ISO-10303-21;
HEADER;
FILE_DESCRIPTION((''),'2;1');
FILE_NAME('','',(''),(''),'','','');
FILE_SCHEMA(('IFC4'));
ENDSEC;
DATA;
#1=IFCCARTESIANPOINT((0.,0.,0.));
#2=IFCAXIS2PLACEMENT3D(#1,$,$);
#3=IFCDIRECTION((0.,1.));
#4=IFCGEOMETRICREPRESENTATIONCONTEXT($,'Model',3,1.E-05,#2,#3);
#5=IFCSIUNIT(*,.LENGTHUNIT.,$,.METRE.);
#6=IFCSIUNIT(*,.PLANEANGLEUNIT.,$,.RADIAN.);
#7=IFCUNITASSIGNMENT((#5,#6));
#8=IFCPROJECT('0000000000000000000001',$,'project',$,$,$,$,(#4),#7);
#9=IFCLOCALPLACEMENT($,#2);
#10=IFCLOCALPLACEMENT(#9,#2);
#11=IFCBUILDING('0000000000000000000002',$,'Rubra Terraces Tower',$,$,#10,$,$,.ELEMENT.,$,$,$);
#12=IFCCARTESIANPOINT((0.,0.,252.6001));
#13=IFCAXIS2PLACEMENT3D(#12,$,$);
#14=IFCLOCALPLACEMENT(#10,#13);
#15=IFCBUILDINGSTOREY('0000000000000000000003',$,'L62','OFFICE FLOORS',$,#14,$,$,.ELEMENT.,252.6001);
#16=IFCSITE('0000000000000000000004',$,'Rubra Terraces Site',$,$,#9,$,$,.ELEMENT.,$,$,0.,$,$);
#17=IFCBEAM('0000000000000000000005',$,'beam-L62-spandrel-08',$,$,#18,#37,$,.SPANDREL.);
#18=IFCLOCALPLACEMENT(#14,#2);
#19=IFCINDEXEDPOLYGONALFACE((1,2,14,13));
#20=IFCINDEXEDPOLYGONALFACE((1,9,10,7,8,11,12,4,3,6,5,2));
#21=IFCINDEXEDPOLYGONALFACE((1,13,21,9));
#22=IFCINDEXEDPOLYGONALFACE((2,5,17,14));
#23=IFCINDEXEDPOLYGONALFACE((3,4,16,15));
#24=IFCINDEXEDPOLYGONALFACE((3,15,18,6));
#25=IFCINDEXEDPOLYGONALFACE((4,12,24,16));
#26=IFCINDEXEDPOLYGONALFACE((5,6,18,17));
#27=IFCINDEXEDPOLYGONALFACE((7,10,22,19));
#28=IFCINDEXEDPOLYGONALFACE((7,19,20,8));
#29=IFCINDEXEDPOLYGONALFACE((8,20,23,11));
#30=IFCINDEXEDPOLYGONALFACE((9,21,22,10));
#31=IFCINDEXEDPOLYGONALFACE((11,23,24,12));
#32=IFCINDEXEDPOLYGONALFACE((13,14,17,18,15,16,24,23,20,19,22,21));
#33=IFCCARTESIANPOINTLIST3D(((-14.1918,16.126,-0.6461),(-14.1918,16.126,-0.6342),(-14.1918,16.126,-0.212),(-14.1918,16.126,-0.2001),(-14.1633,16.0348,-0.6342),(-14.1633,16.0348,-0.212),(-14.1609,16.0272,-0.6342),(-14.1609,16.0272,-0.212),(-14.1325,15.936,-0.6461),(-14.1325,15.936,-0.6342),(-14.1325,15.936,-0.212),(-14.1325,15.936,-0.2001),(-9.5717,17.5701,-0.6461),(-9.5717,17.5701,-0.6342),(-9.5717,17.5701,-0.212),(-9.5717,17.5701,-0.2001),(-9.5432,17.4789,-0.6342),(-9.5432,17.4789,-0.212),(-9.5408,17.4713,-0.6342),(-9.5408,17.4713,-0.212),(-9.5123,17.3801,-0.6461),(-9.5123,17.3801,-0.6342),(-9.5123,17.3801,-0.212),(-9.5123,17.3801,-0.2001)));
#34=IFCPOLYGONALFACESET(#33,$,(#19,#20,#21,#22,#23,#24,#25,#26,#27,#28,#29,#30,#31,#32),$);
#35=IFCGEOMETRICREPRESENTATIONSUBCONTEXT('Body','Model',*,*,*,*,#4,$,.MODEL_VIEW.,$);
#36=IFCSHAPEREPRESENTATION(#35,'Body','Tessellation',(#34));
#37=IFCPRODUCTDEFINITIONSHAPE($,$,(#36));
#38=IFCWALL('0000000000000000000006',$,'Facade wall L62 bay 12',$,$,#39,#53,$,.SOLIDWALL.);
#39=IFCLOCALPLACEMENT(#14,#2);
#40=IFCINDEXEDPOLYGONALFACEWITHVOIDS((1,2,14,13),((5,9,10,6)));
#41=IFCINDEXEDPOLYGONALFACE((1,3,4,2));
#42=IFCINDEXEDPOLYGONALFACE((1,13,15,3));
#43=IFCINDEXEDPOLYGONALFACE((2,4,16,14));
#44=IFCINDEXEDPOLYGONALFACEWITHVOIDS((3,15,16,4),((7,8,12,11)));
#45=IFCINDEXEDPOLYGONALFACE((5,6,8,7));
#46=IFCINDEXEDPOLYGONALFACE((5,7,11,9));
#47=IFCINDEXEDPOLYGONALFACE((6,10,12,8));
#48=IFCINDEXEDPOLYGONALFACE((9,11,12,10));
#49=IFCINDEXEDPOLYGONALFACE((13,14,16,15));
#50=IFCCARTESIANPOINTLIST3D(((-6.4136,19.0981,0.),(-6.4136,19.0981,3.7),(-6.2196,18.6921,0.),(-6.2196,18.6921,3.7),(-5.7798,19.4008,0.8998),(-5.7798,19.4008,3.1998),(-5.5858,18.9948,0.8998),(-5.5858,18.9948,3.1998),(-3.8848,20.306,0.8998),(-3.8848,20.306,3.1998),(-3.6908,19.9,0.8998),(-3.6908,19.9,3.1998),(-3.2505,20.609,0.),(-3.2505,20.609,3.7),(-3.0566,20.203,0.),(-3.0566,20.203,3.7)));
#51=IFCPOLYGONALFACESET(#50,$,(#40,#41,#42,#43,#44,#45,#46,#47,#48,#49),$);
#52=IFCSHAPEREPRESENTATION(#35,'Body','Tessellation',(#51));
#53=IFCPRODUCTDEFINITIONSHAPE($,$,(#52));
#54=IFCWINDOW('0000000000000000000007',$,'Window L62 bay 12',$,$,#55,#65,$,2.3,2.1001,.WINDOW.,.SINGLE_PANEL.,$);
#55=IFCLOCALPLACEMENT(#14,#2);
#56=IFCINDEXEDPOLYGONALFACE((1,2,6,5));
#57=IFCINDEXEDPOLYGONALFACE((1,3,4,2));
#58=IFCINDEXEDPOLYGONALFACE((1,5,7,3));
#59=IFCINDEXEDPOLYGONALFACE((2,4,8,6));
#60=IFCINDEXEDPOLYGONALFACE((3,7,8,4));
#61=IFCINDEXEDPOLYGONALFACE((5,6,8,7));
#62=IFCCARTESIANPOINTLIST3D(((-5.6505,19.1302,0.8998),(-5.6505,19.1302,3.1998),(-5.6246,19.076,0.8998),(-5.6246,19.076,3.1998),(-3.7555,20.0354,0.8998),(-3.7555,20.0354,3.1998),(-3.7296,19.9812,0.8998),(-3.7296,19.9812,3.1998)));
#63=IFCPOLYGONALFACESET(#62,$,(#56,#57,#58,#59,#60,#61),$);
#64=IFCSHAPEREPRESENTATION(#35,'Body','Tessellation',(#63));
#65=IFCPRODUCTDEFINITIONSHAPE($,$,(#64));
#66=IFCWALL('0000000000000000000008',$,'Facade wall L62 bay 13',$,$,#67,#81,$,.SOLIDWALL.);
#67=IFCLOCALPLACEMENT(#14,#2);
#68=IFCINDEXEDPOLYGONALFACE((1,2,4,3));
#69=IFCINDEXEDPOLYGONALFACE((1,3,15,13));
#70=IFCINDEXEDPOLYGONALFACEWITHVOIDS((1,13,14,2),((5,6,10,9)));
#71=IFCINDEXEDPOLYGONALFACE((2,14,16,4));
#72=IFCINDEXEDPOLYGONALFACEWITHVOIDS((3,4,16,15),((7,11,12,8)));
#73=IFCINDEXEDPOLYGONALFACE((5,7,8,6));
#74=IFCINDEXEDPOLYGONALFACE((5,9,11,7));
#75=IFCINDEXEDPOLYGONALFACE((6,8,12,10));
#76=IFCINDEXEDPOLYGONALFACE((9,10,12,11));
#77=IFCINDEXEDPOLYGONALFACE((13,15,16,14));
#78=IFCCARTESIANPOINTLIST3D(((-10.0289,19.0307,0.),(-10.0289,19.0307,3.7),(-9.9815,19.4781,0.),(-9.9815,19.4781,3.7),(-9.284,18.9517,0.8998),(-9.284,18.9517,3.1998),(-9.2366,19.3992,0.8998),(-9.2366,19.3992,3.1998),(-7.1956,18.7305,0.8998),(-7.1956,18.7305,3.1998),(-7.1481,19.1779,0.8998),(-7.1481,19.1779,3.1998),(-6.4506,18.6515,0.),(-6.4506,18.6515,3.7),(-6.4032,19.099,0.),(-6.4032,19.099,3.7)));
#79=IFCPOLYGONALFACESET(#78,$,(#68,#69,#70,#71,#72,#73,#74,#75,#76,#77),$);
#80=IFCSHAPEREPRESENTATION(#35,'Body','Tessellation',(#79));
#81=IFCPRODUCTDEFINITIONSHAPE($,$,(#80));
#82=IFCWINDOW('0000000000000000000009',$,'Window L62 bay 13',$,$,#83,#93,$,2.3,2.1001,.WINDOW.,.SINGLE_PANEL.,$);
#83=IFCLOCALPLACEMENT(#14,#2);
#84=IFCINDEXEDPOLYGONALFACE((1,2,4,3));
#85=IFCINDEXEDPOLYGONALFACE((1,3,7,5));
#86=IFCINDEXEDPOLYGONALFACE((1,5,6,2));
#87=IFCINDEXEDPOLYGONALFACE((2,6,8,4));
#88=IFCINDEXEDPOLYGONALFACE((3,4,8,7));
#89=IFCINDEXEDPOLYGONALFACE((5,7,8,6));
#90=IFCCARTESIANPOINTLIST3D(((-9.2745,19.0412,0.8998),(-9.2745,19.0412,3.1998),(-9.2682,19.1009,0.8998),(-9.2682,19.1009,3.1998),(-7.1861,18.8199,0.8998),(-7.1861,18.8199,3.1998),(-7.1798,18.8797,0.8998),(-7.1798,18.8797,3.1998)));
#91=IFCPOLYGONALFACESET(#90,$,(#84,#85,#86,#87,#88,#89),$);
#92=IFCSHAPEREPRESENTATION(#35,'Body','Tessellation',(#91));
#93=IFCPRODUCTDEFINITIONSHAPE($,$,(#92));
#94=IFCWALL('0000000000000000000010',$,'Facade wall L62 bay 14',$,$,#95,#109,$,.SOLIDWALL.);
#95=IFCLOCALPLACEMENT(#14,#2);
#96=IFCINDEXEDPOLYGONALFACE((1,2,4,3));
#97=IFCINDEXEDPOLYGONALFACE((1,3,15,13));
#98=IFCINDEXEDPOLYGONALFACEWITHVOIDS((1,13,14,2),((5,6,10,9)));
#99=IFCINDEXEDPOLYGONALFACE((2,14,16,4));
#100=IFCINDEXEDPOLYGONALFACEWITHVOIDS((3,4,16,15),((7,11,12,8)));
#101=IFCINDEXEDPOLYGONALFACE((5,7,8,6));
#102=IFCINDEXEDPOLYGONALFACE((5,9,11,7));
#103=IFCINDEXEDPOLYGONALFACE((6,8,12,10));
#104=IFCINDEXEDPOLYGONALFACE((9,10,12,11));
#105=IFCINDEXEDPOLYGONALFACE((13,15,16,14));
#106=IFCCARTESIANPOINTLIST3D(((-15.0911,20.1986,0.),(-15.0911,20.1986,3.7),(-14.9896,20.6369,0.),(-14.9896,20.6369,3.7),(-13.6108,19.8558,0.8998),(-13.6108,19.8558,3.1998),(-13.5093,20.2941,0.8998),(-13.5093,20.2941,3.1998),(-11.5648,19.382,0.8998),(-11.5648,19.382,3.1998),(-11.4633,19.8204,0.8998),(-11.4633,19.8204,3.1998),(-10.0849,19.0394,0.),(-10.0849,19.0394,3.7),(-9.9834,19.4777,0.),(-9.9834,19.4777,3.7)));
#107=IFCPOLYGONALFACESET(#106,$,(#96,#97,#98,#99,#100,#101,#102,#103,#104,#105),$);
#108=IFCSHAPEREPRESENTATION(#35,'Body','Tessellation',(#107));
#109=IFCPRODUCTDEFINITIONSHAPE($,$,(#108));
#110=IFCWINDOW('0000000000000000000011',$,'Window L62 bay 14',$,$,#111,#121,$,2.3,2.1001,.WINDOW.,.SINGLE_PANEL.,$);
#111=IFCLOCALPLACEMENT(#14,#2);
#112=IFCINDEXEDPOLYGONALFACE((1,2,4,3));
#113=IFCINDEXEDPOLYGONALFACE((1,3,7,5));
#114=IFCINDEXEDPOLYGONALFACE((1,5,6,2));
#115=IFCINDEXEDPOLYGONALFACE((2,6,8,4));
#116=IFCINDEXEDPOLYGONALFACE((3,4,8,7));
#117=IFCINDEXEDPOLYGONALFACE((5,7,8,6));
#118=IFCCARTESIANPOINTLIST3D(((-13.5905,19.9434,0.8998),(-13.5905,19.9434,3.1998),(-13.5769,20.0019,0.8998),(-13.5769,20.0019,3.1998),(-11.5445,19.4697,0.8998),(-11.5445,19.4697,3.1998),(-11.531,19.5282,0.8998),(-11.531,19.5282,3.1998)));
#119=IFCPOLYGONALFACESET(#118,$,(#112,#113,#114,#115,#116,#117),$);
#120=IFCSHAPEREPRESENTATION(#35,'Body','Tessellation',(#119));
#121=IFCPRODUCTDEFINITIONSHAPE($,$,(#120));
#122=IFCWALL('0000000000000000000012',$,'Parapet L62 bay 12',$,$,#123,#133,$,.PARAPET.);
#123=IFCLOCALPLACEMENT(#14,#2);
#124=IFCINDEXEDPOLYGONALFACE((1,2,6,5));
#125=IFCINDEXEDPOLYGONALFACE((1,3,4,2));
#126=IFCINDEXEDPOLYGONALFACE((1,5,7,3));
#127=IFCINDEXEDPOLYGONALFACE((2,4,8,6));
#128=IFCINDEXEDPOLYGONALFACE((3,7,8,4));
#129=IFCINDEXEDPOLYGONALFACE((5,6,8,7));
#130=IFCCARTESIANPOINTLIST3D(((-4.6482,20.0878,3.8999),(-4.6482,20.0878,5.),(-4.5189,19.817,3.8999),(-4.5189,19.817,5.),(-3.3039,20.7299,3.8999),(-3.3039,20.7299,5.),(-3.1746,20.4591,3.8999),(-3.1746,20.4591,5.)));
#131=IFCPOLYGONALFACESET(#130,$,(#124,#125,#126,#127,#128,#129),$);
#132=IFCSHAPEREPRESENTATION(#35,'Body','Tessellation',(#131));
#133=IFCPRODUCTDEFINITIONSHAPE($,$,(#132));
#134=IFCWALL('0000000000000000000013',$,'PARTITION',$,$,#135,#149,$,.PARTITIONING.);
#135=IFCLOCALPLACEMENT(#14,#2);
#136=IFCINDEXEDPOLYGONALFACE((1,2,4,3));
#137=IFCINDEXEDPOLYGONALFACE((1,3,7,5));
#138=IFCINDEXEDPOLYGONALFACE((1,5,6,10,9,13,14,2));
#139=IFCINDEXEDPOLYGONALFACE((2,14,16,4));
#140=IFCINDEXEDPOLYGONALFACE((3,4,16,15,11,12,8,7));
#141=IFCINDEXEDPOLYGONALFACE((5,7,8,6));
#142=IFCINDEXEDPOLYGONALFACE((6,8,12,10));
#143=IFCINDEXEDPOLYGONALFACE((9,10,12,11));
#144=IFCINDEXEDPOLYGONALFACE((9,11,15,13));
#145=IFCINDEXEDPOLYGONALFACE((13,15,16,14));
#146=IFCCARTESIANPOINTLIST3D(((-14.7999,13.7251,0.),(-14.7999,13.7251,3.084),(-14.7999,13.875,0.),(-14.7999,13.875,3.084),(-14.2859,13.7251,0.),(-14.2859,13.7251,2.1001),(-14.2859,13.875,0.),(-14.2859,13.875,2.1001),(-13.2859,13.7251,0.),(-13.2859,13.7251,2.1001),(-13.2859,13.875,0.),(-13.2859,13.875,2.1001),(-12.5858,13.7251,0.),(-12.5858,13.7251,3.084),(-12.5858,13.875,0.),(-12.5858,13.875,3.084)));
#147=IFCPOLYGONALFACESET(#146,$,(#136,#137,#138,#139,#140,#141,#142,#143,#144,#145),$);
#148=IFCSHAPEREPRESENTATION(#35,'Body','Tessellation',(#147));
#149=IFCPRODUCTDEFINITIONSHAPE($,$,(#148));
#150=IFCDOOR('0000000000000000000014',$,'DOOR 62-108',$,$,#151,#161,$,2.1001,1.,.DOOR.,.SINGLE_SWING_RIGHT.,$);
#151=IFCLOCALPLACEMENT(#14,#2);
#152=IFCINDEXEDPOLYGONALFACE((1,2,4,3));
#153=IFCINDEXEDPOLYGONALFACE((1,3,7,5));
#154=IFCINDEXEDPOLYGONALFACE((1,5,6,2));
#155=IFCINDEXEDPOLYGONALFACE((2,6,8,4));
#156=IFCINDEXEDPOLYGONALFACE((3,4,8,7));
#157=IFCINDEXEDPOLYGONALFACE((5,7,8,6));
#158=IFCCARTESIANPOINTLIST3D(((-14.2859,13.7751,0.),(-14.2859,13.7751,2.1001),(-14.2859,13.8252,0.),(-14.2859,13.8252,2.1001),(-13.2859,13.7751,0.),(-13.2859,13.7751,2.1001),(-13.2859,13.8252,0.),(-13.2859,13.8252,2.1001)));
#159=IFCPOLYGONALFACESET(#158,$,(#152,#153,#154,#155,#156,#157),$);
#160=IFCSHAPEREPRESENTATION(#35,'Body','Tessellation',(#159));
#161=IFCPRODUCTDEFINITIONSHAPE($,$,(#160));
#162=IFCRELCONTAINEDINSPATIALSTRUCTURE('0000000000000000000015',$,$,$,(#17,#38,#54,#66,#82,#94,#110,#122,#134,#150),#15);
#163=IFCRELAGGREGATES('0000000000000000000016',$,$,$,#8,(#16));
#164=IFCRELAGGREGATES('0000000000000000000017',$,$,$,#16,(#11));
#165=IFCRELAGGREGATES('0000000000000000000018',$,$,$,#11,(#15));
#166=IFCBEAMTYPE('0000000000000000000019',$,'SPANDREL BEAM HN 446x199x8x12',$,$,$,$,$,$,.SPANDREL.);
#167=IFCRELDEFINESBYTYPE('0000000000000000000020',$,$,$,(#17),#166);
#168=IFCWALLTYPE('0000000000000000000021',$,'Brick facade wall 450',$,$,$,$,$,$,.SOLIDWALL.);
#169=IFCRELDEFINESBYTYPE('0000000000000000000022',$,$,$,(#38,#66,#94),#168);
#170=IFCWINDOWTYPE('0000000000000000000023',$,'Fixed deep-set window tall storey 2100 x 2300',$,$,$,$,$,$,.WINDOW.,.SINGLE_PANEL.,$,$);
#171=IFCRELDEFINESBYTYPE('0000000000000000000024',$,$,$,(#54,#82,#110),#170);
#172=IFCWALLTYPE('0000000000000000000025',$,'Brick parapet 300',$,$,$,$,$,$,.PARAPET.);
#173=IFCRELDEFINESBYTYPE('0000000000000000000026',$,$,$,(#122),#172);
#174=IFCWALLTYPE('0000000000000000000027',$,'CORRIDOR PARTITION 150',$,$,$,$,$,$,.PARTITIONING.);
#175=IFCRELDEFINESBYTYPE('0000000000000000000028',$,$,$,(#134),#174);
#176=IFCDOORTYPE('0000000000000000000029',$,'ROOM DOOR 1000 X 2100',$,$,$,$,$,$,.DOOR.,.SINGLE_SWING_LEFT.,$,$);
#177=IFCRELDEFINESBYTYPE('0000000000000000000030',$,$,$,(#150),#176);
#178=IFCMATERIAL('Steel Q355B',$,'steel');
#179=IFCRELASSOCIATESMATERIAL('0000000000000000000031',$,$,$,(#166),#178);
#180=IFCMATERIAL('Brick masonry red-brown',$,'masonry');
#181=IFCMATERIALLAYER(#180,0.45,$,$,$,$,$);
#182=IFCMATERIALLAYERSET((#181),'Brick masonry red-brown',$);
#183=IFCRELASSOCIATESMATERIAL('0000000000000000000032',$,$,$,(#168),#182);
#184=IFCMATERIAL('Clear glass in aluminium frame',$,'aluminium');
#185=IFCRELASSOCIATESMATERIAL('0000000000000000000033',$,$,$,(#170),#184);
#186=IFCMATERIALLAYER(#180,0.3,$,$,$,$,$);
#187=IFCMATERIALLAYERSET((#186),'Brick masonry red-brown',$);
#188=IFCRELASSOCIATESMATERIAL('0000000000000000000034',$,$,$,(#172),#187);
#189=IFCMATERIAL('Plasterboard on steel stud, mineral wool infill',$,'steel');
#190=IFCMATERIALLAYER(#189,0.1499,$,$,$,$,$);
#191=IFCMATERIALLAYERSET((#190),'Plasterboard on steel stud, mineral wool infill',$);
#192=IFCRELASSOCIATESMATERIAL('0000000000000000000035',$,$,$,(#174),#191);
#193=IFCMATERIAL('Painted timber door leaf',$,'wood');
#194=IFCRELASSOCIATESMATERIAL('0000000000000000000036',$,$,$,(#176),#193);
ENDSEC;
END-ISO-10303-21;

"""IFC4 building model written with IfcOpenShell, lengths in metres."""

from ifc_helpers import new_model, si_unit, direction, frame, frame_2d, origin, origin_2d, place, context, subcontext, project, spatial, rectangle, i_section, extrude, material, layer, layer_set, material_profile, profile_set, type_object, element, fill, save


model = new_model("IFC4")

# Units and contexts
model_context = context("Model", 3, precision=1e-05, world=origin(), true_north=direction((0.0, 1.0)))
body_context = subcontext(model_context, "Body", "Model", "MODEL_VIEW")
ifc_project = project(units=[si_unit("LENGTHUNIT", "METRE"), si_unit("PLANEANGLEUNIT", "RADIAN")], contexts=[model_context])

# Site, building, storey
site_placement = place(None, origin())
site = spatial("IfcSite", under=ifc_project, at=site_placement, Name="Rubra Terraces Site", CompositionType="ELEMENT", RefElevation=0.0)
building_placement = place(site_placement, origin())
building = spatial("IfcBuilding", under=site, at=building_placement, Name="Rubra Terraces Tower", CompositionType="ELEMENT")
storey_placement = place(building_placement, frame((0.0, 0.0, 252.6001)))
storey = spatial("IfcBuildingStorey", under=building, at=storey_placement, Name="L62", Description="OFFICE FLOORS", CompositionType="ELEMENT", Elevation=252.6001)

# Beam
ifc_material_1 = material(Name="Steel Q355B", Category="steel")
ifc_material_profile_1 = material_profile(ifc_material_1, i_section(OverallWidth=0.199, OverallDepth=0.446, WebThickness=0.0081, FlangeThickness=0.012, at=origin_2d()), Name="HN 446x199x8x12")
ifc_profile_set_1 = profile_set([ifc_material_profile_1], Name="Steel Q355B")
beam_type_1 = type_object("IfcBeamType", Name="SPANDREL BEAM HN 446x199x8x12", PredefinedType="SPANDREL", material=ifc_profile_set_1)
beam_1_placement = place(storey_placement, frame((-9.542, 17.4751, -0.4231), z_axis=(-0.954462, -0.298332, 0.0), x_axis=(0.298332, -0.954462, 0.0)))
element("IfcBeam", 1, at=beam_1_placement, inside=storey, type_object=beam_type_1, Name="beam-L62-spandrel-08", PredefinedType="SPANDREL", context=body_context, shape_type="SweptSolid", body=[
    extrude(i_section(OverallWidth=0.199, OverallDepth=0.446, WebThickness=0.0081, FlangeThickness=0.012, at=origin_2d()), origin(), (0.0, 0.0, 1.0), 4.8406),
])

# Walls, openings, windows
ifc_material_2 = material(Name="Brick masonry red-brown", Category="masonry")
ifc_layer_1 = layer(ifc_material_2, 0.45)
ifc_layer_set_1 = layer_set([ifc_layer_1], Name="Brick masonry red-brown")
wall_type_1 = type_object("IfcWallType", Name="Brick facade wall 450", PredefinedType="SOLIDWALL", material=ifc_layer_set_1)
wall_1_placement = place(storey_placement, frame((-3.1536, 20.406, 0.0), z_axis=(0.0, 0.0, 1.0), x_axis=(-0.902333, -0.431039, 0.0)))
wall_1 = element("IfcWall", 2, at=wall_1_placement, inside=storey, type_object=wall_type_1, Name="Facade wall L62 bay 12", PredefinedType="SOLIDWALL", context=body_context, shape_type="SweptSolid", body=[
    extrude(rectangle(XDim=3.5054, YDim=0.45, at=frame_2d((1.7527, 0.0))), origin(), (0.0, 0.0, 1.0), 3.7),
])
opening_1_placement = place(wall_1_placement, frame((0.7029, 0.0, 0.8999)))
opening_1 = element("IfcOpeningElement", 3, at=opening_1_placement, cuts=wall_1, PredefinedType="OPENING", context=body_context, shape_type="SweptSolid", body=[
    extrude(rectangle(XDim=2.1001, YDim=2.3, at=frame_2d((1.05, 1.1499))), frame((0.0, 0.2349, 0.0), z_axis=(0.0, -1.0, 0.0), x_axis=(1.0, 0.0, 0.0)), (0.0, 0.0, 1.0), 0.47),
])
ifc_material_3 = material(Name="Clear glass in aluminium frame", Category="aluminium")
window_type = type_object("IfcWindowType", Name="Fixed deep-set window tall storey 2100 x 2300", PartitioningType="SINGLE_PANEL", PredefinedType="WINDOW", material=ifc_material_3)
window_1_placement = place(opening_1_placement, origin())
window_1 = element("IfcWindow", 4, at=window_1_placement, inside=storey, type_object=window_type, Name="Window L62 bay 12", OverallHeight=2.3, OverallWidth=2.1001, PartitioningType="SINGLE_PANEL", PredefinedType="WINDOW", context=body_context, shape_type="SweptSolid", body=[
    extrude(rectangle(XDim=2.1001, YDim=2.3, at=frame_2d((1.05, 1.1499))), frame((0.0, 0.135, 0.0), z_axis=(0.0, -1.0, 0.0), x_axis=(1.0, 0.0, 0.0)), (0.0, 0.0, 1.0), 0.0601),
])
fill(opening_1, window_1)
wall_2_placement = place(storey_placement, frame((-6.4268, 18.8752, 0.0), z_axis=(0.0, 0.0, 1.0), x_axis=(-0.994433, 0.105366, 0.0)))
wall_2 = element("IfcWall", 5, at=wall_2_placement, inside=storey, type_object=wall_type_1, Name="Facade wall L62 bay 13", PredefinedType="SOLIDWALL", context=body_context, shape_type="SweptSolid", body=[
    extrude(rectangle(XDim=3.5984, YDim=0.45, at=frame_2d((1.7993, 0.0))), origin(), (0.0, 0.0, 1.0), 3.7),
])
opening_2_placement = place(wall_2_placement, frame((0.7493, 0.0, 0.8999)))
opening_2 = element("IfcOpeningElement", 6, at=opening_2_placement, cuts=wall_2, PredefinedType="OPENING", context=body_context, shape_type="SweptSolid", body=[
    extrude(rectangle(XDim=2.1001, YDim=2.3, at=frame_2d((1.05, 1.1499))), frame((0.0, 0.2349, 0.0), z_axis=(0.0, -1.0, 0.0), x_axis=(1.0, 0.0, 0.0)), (0.0, 0.0, 1.0), 0.47),
])
window_2_placement = place(opening_2_placement, origin())
window_2 = element("IfcWindow", 7, at=window_2_placement, inside=storey, type_object=window_type, Name="Window L62 bay 13", OverallHeight=2.3, OverallWidth=2.1001, PartitioningType="SINGLE_PANEL", PredefinedType="WINDOW", context=body_context, shape_type="SweptSolid", body=[
    extrude(rectangle(XDim=2.1001, YDim=2.3, at=frame_2d((1.05, 1.1499))), frame((0.0, 0.135, 0.0), z_axis=(0.0, -1.0, 0.0), x_axis=(1.0, 0.0, 0.0)), (0.0, 0.0, 1.0), 0.0601),
])
fill(opening_2, window_2)
wall_3_placement = place(storey_placement, frame((-10.0342, 19.2585, 0.0), z_axis=(0.0, 0.0, 1.0), x_axis=(-0.974224, 0.225585, 0.0)))
wall_3 = element("IfcWall", 8, at=wall_3_placement, inside=storey, type_object=wall_type_1, Name="Facade wall L62 bay 14", PredefinedType="SOLIDWALL", context=body_context, shape_type="SweptSolid", body=[
    extrude(rectangle(XDim=5.1387, YDim=0.45, at=frame_2d((2.5693, 0.0))), origin(), (0.0, 0.0, 1.0), 3.7),
])
opening_3_placement = place(wall_3_placement, frame((1.519, 0.0, 0.8999)))
opening_3 = element("IfcOpeningElement", 9, at=opening_3_placement, cuts=wall_3, PredefinedType="OPENING", context=body_context, shape_type="SweptSolid", body=[
    extrude(rectangle(XDim=2.1001, YDim=2.3, at=frame_2d((1.05, 1.1499))), frame((0.0, 0.2349, 0.0), z_axis=(0.0, -1.0, 0.0), x_axis=(1.0, 0.0, 0.0)), (0.0, 0.0, 1.0), 0.47),
])
window_3_placement = place(opening_3_placement, origin())
window_3 = element("IfcWindow", 10, at=window_3_placement, inside=storey, type_object=window_type, Name="Window L62 bay 14", OverallHeight=2.3, OverallWidth=2.1001, PartitioningType="SINGLE_PANEL", PredefinedType="WINDOW", context=body_context, shape_type="SweptSolid", body=[
    extrude(rectangle(XDim=2.1001, YDim=2.3, at=frame_2d((1.05, 1.1499))), frame((0.0, 0.135, 0.0), z_axis=(0.0, -1.0, 0.0), x_axis=(1.0, 0.0, 0.0)), (0.0, 0.0, 1.0), 0.0601),
])
fill(opening_3, window_3)

# Wall
ifc_layer_2 = layer(ifc_material_2, 0.3)
ifc_layer_set_2 = layer_set([ifc_layer_2], Name="Brick masonry red-brown")
wall_type_2 = type_object("IfcWallType", Name="Brick parapet 300", PredefinedType="PARAPET", material=ifc_layer_set_2)
wall_4_placement = place(storey_placement, frame((-3.2393, 20.5945, 3.8999), z_axis=(0.0, 0.0, 1.0), x_axis=(-0.902345, -0.431015, 0.0)))
element("IfcWall", 11, at=wall_4_placement, inside=storey, type_object=wall_type_2, Name="Parapet L62 bay 12", PredefinedType="PARAPET", context=body_context, shape_type="SweptSolid", body=[
    extrude(rectangle(XDim=1.4897, YDim=0.3, at=frame_2d((0.7449, 0.0))), origin(), (0.0, 0.0, 1.0), 1.1001),
])

# Wall, opening, door
ifc_material_4 = material(Name="Plasterboard on steel stud, mineral wool infill", Category="steel")
ifc_layer_3 = layer(ifc_material_4, 0.1499)
ifc_layer_set_3 = layer_set([ifc_layer_3], Name="Plasterboard on steel stud, mineral wool infill")
wall_type_3 = type_object("IfcWallType", Name="CORRIDOR PARTITION 150", PredefinedType="PARTITIONING", material=ifc_layer_set_3)
wall_5_placement = place(storey_placement, frame((-12.5859, 13.8, 0.0), z_axis=(0.0, 0.0, 1.0), x_axis=(-1.0, 0.0, 0.0)))
wall_5 = element("IfcWall", 12, at=wall_5_placement, inside=storey, type_object=wall_type_3, Name="PARTITION", PredefinedType="PARTITIONING", context=body_context, shape_type="SweptSolid", body=[
    extrude(rectangle(XDim=2.2141, YDim=0.1499, at=frame_2d((1.1069, 0.0))), origin(), (0.0, 0.0, 1.0), 3.084),
])
opening_4_placement = place(wall_5_placement, frame((0.7, 0.0, 0.0)))
opening_4 = element("IfcOpeningElement", 13, at=opening_4_placement, cuts=wall_5, PredefinedType="OPENING", context=body_context, shape_type="SweptSolid", body=[
    extrude(rectangle(XDim=1.0, YDim=2.1001, at=frame_2d((0.5, 1.05))), frame((0.0, 0.085, 0.0), z_axis=(0.0, -1.0, 0.0), x_axis=(1.0, 0.0, 0.0)), (0.0, 0.0, 1.0), 0.1699),
])
ifc_material_5 = material(Name="Painted timber door leaf", Category="wood")
door_type_1 = type_object("IfcDoorType", Name="ROOM DOOR 1000 X 2100", OperationType="SINGLE_SWING_LEFT", PredefinedType="DOOR", material=ifc_material_5)
door_1_placement = place(opening_4_placement, origin())
door_1 = element("IfcDoor", 14, at=door_1_placement, inside=storey, type_object=door_type_1, Name="DOOR 62-108", OperationType="SINGLE_SWING_RIGHT", OverallHeight=2.1001, OverallWidth=1.0, PredefinedType="DOOR", context=body_context, shape_type="SweptSolid", body=[
    extrude(rectangle(XDim=1.0, YDim=2.1001, at=frame_2d((0.5, 1.05))), frame((0.0, 0.0249, 0.0), z_axis=(0.0, -1.0, 0.0), x_axis=(1.0, 0.0, 0.0)), (0.0, 0.0, 1.0), 0.05),
])
fill(opening_4, door_1)

save(model, "model.ifc")
